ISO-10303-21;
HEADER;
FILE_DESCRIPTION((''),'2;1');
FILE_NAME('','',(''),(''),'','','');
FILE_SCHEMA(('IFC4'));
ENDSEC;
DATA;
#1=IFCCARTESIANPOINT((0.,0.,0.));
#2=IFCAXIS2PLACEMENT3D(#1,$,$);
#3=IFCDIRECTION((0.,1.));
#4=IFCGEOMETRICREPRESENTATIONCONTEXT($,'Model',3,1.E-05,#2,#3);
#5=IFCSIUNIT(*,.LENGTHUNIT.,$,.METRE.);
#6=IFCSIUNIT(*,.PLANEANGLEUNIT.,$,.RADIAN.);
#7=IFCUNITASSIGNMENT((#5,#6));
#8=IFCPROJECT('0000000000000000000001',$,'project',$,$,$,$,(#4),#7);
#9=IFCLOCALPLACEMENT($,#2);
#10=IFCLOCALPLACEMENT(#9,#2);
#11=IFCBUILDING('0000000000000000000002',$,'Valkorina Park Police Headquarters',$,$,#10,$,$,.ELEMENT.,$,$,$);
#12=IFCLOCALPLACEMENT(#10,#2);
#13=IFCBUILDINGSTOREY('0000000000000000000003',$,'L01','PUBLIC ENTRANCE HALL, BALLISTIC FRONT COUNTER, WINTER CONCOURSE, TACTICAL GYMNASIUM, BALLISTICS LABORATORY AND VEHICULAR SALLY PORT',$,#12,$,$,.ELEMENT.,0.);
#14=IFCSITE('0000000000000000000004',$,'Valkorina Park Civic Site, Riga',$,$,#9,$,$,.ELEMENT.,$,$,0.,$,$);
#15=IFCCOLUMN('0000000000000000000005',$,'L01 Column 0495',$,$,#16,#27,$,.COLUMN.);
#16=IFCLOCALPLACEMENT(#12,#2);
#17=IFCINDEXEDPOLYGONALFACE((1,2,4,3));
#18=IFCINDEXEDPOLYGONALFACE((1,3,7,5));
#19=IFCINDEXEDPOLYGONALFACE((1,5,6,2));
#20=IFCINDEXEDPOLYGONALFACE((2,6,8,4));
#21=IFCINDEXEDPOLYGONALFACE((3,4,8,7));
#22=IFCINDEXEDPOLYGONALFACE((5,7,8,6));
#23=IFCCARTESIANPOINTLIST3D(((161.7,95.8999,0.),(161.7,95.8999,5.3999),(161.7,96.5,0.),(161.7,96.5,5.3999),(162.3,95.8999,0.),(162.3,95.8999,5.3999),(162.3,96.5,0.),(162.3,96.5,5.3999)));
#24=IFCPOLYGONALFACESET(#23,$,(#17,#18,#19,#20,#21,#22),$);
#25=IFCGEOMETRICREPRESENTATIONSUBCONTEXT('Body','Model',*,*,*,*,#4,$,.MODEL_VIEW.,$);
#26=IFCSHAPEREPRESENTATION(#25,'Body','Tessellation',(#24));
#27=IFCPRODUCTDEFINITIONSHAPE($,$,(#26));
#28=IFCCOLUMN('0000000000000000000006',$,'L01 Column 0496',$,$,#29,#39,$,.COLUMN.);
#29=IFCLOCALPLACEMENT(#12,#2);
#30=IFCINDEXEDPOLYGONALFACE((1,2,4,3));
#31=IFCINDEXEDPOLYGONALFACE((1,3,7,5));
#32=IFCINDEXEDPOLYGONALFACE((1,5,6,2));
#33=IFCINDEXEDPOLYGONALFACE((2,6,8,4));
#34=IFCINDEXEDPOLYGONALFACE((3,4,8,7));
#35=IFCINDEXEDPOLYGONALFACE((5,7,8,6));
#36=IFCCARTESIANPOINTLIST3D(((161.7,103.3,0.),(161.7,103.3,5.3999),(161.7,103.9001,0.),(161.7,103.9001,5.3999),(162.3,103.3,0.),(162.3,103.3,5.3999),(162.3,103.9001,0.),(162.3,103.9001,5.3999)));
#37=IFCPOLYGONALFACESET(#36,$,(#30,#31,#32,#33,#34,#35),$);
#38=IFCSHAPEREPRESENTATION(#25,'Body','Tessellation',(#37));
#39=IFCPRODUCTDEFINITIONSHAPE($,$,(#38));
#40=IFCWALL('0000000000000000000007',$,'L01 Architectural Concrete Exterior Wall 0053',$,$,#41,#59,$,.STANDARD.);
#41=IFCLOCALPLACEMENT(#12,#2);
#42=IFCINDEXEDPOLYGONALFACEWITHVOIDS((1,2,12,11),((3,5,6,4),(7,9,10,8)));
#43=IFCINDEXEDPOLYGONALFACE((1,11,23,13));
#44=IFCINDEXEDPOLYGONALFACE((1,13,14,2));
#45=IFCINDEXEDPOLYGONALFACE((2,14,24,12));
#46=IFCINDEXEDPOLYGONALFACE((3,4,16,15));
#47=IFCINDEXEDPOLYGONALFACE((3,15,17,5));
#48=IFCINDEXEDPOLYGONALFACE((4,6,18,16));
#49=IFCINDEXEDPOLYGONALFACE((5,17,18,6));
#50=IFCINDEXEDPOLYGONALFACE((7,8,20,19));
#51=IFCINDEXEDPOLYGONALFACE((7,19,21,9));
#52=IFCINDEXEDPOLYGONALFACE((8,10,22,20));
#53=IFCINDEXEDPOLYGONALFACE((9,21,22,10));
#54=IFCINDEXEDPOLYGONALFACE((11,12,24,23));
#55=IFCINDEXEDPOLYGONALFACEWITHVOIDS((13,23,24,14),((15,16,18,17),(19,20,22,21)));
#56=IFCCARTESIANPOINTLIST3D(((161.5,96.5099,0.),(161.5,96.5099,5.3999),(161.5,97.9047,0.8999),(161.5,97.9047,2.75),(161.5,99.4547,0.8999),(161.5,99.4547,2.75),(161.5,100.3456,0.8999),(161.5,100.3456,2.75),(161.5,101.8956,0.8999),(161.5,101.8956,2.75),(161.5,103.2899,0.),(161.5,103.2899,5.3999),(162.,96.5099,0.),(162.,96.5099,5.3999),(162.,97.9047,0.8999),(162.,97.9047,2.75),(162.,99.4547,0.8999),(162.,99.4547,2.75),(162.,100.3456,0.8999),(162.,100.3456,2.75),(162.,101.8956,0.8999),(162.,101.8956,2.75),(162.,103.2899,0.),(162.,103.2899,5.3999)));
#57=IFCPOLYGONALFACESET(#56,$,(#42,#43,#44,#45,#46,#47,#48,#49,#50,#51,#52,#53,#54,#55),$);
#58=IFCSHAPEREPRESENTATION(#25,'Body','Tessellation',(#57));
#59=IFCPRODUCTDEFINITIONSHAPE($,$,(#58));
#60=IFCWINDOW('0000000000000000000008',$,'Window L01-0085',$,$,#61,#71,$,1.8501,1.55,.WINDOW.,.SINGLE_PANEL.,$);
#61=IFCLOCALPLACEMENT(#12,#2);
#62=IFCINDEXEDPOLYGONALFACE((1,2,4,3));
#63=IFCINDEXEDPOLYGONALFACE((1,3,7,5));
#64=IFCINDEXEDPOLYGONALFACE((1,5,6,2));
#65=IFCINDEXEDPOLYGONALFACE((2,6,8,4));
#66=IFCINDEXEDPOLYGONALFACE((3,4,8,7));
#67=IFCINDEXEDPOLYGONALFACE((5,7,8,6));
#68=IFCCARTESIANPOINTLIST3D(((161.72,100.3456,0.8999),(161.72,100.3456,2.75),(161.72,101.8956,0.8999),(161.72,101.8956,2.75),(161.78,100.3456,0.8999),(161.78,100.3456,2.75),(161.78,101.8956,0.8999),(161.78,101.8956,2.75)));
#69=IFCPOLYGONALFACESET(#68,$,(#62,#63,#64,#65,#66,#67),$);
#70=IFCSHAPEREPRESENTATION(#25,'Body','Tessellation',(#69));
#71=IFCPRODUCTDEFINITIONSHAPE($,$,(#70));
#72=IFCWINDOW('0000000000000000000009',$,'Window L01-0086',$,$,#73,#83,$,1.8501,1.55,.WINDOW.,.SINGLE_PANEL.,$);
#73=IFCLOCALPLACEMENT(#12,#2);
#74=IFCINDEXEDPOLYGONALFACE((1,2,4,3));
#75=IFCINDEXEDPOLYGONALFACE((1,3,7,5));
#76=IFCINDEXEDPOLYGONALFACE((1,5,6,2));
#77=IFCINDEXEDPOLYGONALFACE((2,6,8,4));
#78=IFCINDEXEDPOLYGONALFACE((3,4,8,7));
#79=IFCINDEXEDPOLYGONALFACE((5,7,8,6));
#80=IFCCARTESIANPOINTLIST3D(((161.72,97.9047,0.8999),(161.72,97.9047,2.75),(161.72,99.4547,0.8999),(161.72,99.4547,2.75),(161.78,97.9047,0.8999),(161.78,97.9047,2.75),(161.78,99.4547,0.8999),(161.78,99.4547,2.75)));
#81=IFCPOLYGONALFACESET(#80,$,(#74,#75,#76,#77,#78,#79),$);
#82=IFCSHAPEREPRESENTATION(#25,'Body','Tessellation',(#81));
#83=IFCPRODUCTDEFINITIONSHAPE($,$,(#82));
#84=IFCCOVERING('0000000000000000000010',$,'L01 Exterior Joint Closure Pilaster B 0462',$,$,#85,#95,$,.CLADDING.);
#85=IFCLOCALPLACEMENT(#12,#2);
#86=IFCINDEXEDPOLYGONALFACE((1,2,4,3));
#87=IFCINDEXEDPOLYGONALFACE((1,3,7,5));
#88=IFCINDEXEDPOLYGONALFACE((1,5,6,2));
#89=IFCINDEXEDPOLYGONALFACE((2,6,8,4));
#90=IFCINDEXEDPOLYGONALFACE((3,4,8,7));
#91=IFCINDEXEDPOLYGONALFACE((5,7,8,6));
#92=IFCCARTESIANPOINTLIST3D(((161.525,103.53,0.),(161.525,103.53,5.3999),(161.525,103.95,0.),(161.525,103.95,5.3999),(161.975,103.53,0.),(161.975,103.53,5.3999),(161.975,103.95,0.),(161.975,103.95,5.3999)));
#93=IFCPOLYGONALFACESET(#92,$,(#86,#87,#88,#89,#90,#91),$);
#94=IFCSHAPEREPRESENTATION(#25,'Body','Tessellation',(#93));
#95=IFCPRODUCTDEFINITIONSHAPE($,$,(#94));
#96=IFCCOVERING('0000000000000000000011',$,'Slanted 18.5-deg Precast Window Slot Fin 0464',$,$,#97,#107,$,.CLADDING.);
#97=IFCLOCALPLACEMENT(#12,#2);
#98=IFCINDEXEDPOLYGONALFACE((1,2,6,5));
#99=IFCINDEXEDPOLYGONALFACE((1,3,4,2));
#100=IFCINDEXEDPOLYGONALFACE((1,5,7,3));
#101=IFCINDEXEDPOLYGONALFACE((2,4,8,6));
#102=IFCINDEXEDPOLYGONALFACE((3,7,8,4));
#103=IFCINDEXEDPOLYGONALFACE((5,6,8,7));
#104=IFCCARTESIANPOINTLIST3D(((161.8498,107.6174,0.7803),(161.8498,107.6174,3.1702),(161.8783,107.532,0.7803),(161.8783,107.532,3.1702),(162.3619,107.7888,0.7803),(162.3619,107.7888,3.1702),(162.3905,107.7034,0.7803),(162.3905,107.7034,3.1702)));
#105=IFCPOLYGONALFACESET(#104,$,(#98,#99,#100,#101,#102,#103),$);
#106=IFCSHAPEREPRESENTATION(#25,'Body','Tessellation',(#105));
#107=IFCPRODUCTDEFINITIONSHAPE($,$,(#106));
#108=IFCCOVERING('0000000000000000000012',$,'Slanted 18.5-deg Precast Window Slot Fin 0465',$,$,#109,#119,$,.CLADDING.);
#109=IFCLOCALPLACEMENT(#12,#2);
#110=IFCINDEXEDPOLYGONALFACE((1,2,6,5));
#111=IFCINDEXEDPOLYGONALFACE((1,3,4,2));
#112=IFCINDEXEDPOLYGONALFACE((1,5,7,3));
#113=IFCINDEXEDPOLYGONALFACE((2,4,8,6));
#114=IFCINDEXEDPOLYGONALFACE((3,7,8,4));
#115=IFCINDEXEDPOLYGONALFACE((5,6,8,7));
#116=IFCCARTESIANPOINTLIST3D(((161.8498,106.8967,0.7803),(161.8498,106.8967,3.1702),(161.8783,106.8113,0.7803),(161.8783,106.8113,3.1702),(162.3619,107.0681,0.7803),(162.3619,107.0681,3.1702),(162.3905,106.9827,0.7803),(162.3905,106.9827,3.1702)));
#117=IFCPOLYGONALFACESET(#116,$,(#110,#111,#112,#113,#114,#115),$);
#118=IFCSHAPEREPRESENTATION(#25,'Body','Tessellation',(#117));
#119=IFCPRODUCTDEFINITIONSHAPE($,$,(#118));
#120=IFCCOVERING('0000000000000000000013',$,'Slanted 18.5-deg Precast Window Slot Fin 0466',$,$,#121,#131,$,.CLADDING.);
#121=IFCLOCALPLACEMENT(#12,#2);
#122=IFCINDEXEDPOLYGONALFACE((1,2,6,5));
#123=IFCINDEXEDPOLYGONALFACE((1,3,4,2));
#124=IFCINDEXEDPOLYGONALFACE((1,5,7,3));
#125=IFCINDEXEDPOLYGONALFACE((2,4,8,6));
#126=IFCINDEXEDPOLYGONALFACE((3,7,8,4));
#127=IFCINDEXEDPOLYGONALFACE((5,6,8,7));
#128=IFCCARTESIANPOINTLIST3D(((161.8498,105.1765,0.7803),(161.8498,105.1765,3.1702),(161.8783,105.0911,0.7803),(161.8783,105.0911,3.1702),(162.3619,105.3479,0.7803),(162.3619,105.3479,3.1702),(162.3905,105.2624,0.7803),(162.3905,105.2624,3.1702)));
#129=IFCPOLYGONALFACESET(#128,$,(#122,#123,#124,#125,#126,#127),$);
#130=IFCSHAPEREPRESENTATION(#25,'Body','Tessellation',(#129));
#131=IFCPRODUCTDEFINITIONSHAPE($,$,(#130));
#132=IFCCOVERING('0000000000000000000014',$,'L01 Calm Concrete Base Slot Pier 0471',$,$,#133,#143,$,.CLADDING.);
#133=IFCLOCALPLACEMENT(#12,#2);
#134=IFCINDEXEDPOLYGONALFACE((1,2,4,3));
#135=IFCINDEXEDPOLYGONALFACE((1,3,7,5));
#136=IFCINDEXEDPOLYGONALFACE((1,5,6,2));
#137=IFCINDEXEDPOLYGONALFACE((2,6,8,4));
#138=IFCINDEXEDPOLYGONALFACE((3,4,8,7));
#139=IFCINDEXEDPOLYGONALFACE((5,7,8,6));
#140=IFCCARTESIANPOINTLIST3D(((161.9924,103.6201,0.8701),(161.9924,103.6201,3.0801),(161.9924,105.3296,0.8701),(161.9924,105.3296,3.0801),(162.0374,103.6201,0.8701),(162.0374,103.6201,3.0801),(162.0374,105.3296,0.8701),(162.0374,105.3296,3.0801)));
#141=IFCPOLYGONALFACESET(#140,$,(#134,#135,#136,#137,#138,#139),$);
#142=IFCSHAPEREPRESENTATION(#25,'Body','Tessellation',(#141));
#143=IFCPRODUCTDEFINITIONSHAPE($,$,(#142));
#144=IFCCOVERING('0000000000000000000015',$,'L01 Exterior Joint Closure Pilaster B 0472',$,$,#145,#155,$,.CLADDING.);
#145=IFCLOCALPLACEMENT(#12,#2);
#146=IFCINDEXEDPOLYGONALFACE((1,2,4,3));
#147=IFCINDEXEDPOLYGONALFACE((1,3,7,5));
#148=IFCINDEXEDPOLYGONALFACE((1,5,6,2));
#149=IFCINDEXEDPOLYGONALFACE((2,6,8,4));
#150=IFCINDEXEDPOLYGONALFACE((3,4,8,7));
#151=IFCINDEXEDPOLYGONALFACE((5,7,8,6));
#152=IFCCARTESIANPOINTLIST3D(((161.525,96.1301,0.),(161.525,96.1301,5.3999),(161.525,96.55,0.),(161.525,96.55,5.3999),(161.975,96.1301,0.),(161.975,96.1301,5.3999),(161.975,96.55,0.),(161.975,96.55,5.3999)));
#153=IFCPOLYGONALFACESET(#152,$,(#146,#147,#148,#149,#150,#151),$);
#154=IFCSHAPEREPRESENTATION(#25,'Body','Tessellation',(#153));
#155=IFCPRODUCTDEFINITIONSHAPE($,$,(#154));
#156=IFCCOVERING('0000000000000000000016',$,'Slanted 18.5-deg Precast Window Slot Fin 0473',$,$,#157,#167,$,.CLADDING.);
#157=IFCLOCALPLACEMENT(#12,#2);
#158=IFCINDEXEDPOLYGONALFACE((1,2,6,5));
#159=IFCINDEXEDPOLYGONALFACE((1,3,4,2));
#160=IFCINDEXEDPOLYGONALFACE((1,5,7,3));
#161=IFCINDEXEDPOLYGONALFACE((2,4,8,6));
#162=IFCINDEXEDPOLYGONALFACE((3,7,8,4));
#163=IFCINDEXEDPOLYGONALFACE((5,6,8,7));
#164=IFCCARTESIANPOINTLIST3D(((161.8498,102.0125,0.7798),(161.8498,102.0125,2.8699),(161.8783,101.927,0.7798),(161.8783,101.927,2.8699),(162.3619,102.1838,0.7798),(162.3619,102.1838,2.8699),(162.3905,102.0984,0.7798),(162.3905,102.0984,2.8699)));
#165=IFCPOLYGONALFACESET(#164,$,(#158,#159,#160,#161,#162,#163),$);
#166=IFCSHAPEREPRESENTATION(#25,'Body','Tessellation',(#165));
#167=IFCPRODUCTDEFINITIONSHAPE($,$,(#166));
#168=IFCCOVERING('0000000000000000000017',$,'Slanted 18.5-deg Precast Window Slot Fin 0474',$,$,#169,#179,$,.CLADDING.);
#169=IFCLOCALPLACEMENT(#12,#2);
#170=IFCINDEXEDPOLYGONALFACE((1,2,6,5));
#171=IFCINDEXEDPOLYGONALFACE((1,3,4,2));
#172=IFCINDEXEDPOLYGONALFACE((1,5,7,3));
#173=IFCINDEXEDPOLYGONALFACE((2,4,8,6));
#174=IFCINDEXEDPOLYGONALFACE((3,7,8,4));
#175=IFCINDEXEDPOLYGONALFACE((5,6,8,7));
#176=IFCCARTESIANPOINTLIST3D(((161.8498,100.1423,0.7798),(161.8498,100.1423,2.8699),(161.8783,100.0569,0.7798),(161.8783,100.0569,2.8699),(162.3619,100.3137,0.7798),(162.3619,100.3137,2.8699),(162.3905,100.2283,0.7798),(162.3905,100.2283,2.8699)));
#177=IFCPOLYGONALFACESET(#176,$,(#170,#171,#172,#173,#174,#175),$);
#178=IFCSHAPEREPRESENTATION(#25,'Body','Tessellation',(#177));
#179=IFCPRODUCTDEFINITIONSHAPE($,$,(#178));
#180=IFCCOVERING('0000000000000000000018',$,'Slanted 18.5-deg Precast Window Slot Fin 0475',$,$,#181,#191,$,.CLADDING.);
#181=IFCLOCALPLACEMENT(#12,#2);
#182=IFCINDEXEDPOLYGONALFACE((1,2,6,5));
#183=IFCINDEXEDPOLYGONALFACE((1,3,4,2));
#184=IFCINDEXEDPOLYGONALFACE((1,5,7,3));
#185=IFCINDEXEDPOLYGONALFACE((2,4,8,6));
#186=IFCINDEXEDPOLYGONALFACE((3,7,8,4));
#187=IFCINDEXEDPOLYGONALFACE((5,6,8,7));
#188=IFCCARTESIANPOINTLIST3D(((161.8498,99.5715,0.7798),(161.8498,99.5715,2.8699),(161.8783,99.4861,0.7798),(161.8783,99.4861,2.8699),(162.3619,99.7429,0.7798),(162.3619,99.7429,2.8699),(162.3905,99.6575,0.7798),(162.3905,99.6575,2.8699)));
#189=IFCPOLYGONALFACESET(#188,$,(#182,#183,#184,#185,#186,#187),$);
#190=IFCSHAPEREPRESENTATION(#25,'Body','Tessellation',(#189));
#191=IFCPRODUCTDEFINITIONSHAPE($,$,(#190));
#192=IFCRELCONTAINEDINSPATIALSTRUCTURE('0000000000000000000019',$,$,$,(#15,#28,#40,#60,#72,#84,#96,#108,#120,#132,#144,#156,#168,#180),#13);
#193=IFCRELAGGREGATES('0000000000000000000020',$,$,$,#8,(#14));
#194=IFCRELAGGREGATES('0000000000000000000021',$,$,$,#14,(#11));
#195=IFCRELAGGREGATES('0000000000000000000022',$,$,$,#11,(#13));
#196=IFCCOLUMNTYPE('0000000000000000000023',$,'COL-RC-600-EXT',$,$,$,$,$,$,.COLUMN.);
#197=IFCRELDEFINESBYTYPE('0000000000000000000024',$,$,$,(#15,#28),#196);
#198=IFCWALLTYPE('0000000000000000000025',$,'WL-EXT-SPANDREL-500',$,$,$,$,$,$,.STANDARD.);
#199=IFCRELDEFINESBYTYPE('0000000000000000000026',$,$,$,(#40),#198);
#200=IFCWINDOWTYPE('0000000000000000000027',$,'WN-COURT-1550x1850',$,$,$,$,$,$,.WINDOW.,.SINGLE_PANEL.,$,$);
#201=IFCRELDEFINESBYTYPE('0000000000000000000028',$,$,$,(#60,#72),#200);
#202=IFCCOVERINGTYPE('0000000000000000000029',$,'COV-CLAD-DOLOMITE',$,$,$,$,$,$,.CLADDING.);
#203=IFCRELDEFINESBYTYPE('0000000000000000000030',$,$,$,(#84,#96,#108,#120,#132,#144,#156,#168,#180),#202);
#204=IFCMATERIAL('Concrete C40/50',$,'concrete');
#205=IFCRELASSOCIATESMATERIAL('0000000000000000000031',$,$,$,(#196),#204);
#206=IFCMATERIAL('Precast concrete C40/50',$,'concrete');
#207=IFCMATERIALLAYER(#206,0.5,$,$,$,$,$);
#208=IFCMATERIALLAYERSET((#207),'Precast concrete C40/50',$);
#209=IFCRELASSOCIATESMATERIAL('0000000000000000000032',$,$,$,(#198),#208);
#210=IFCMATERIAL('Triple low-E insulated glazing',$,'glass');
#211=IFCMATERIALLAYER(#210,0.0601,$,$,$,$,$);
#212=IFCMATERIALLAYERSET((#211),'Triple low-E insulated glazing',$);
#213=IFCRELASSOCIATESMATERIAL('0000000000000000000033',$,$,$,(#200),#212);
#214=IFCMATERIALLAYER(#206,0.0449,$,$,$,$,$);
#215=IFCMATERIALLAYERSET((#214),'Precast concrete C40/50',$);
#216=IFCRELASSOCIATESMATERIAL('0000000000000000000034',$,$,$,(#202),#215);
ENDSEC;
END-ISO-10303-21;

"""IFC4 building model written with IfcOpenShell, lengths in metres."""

from ifc_helpers import new_model, si_unit, direction, frame, frame_2d, origin, origin_2d, place, context, subcontext, project, spatial, rectangle, extrude, material, layer, layer_set, material_profile, profile_set, type_object, element, fill, save


model = new_model("IFC4")

# Units and contexts
model_context = context("Model", 3, precision=1e-05, world=origin(), true_north=direction((0.0, 1.0)))
body_context = subcontext(model_context, "Body", "Model", "MODEL_VIEW")
ifc_project = project(units=[si_unit("LENGTHUNIT", "METRE"), si_unit("PLANEANGLEUNIT", "RADIAN")], contexts=[model_context])

# Site, building, storey
site_placement = place(None, origin())
site = spatial("IfcSite", under=ifc_project, at=site_placement, Name="Valkorina Park Civic Site, Riga", CompositionType="ELEMENT", RefElevation=0.0)
building_placement = place(site_placement, origin())
building = spatial("IfcBuilding", under=site, at=building_placement, Name="Valkorina Park Police Headquarters", CompositionType="ELEMENT")
storey_placement = place(building_placement, origin())
storey = spatial("IfcBuildingStorey", under=building, at=storey_placement, Name="L01", Description="PUBLIC ENTRANCE HALL, BALLISTIC FRONT COUNTER, WINTER CONCOURSE, TACTICAL GYMNASIUM, BALLISTICS LABORATORY AND VEHICULAR SALLY PORT", CompositionType="ELEMENT", Elevation=0.0)

# Columns
ifc_material_1 = material(Name="Concrete C40/50", Category="concrete")
ifc_material_profile = material_profile(ifc_material_1, rectangle(XDim=0.6001, YDim=0.6001, at=origin_2d()), Name="RC COL 600x600")
ifc_profile_set = profile_set([ifc_material_profile], Name="Concrete C40/50")
column_type = type_object("IfcColumnType", Name="COL-RC-600-EXT", PredefinedType="COLUMN", material=ifc_profile_set)
for number, where, z_axis, x_axis, name in (
    (1, (162.0, 96.2, 0.0), (0.0, 0.0, 1.0), (1.0, 0.0, 0.0), "L01 Column 0495"),
    (2, (162.0, 103.6001, 0.0), (0.0, 0.0, 1.0), (1.0, 0.0, 0.0), "L01 Column 0496"),
):
    element("IfcColumn", number, at=place(storey_placement, frame(where, z_axis=z_axis, x_axis=x_axis)), inside=storey, type_object=column_type, Name=name, PredefinedType="COLUMN", context=body_context, shape_type="SweptSolid", body=[
        extrude(rectangle(XDim=0.6001, YDim=0.6001, at=origin_2d()), origin(), (0.0, 0.0, 1.0), 5.3999),
    ])

# Wall, openings, windows
ifc_material_2 = material(Name="Precast concrete C40/50", Category="concrete")
ifc_layer_1 = layer(ifc_material_2, 0.5)
ifc_layer_set_1 = layer_set([ifc_layer_1], Name="Precast concrete C40/50")
wall_type = type_object("IfcWallType", Name="WL-EXT-SPANDREL-500", PredefinedType="STANDARD", material=ifc_layer_set_1)
wall_placement = place(storey_placement, frame((161.75, 103.29, 0.0), z_axis=(0.0, 0.0, 1.0), x_axis=(0.0, -1.0, 0.0)))
wall = element("IfcWall", 3, at=wall_placement, inside=storey, type_object=wall_type, Name="L01 Architectural Concrete Exterior Wall 0053", PredefinedType="STANDARD", context=body_context, shape_type="SweptSolid", body=[
    extrude(rectangle(XDim=6.78, YDim=0.5, at=frame_2d((3.3901, 0.0))), origin(), (0.0, 0.0, 1.0), 5.3999),
])
opening_1_placement = place(wall_placement, frame((1.3945, 0.0, 0.8999)))
opening_1 = element("IfcOpeningElement", 4, at=opening_1_placement, cuts=wall, PredefinedType="OPENING", context=body_context, shape_type="SweptSolid", body=[
    extrude(rectangle(XDim=1.55, YDim=1.8501, at=frame_2d((0.7749, 0.925))), frame((0.0, 0.26, 0.0), z_axis=(0.0, -1.0, 0.0), x_axis=(1.0, 0.0, 0.0)), (0.0, 0.0, 1.0), 0.52),
])
opening_2_placement = place(wall_placement, frame((3.8354, 0.0, 0.8999)))
opening_2 = element("IfcOpeningElement", 5, at=opening_2_placement, cuts=wall, PredefinedType="OPENING", context=body_context, shape_type="SweptSolid", body=[
    extrude(rectangle(XDim=1.55, YDim=1.8501, at=frame_2d((0.7749, 0.925))), frame((0.0, 0.26, 0.0), z_axis=(0.0, -1.0, 0.0), x_axis=(1.0, 0.0, 0.0)), (0.0, 0.0, 1.0), 0.52),
])
ifc_material_3 = material(Name="Triple low-E insulated glazing", Category="glass")
ifc_layer_2 = layer(ifc_material_3, 0.0601)
ifc_layer_set_2 = layer_set([ifc_layer_2], Name="Triple low-E insulated glazing")
window_type = type_object("IfcWindowType", Name="WN-COURT-1550x1850", PartitioningType="SINGLE_PANEL", PredefinedType="WINDOW", material=ifc_layer_set_2)
window_1_placement = place(opening_1_placement, origin())
window_1 = element("IfcWindow", 6, at=window_1_placement, inside=storey, type_object=window_type, Name="Window L01-0085", OverallHeight=1.8501, OverallWidth=1.55, PartitioningType="SINGLE_PANEL", PredefinedType="WINDOW", context=body_context, shape_type="SweptSolid", body=[
    extrude(rectangle(XDim=1.55, YDim=1.8501, at=frame_2d((0.7749, 0.925))), frame((0.0, 0.03, 0.0), z_axis=(0.0, -1.0, 0.0), x_axis=(1.0, 0.0, 0.0)), (0.0, 0.0, 1.0), 0.0601),
])
fill(opening_1, window_1)
window_2_placement = place(opening_2_placement, origin())
window_2 = element("IfcWindow", 7, at=window_2_placement, inside=storey, type_object=window_type, Name="Window L01-0086", OverallHeight=1.8501, OverallWidth=1.55, PartitioningType="SINGLE_PANEL", PredefinedType="WINDOW", context=body_context, shape_type="SweptSolid", body=[
    extrude(rectangle(XDim=1.55, YDim=1.8501, at=frame_2d((0.7749, 0.925))), frame((0.0, 0.03, 0.0), z_axis=(0.0, -1.0, 0.0), x_axis=(1.0, 0.0, 0.0)), (0.0, 0.0, 1.0), 0.0601),
])
fill(opening_2, window_2)

# Coverings
ifc_layer_3 = layer(ifc_material_2, 0.0449)
ifc_layer_set_3 = layer_set([ifc_layer_3], Name="Precast concrete C40/50")
covering_type = type_object("IfcCoveringType", Name="COV-CLAD-DOLOMITE", PredefinedType="CLADDING", material=ifc_layer_set_3)
covering_1_placement = place(storey_placement, frame((161.75, 103.74, 0.0), z_axis=(0.0, 0.0, 1.0), x_axis=(0.0, 1.0, 0.0)))
element("IfcCovering", 8, at=covering_1_placement, inside=storey, type_object=covering_type, Name="L01 Exterior Joint Closure Pilaster B 0462", PredefinedType="CLADDING", context=body_context, shape_type="SweptSolid", body=[
    extrude(rectangle(XDim=0.4199, YDim=0.45, at=origin_2d()), origin(), (0.0, 0.0, 1.0), 5.3999),
])
for number, where, z_axis, x_axis, name in (
    (9, (162.1201, 107.6604, 0.7803), (0.0, 0.0, 1.0), (0.948324, 0.317305, 0.0), "Slanted 18.5-deg Precast Window Slot Fin 0464"),
    (10, (162.1201, 106.9397, 0.7803), (0.0, 0.0, 1.0), (0.948324, 0.317305, 0.0), "Slanted 18.5-deg Precast Window Slot Fin 0465"),
    (11, (162.1201, 105.2195, 0.7803), (0.0, 0.0, 1.0), (0.948324, 0.317305, 0.0), "Slanted 18.5-deg Precast Window Slot Fin 0466"),
):
    element("IfcCovering", number, at=place(storey_placement, frame(where, z_axis=z_axis, x_axis=x_axis)), inside=storey, type_object=covering_type, Name=name, PredefinedType="CLADDING", context=body_context, shape_type="SweptSolid", body=[
        extrude(rectangle(XDim=0.54, YDim=0.0901, at=origin_2d()), origin(), (0.0, 0.0, 1.0), 2.3899),
    ])
covering_2_placement = place(storey_placement, frame((162.0149, 105.3296, 0.8701), z_axis=(0.0, 0.0, 1.0), x_axis=(0.0, -1.0, 0.0)))
element("IfcCovering", 12, at=covering_2_placement, inside=storey, type_object=covering_type, Name="L01 Calm Concrete Base Slot Pier 0471", PredefinedType="CLADDING", context=body_context, shape_type="SweptSolid", body=[
    extrude(rectangle(XDim=1.7095, YDim=0.0449, at=frame_2d((0.8547, 0.0))), origin(), (0.0, 0.0, 1.0), 2.21),
])
covering_3_placement = place(storey_placement, frame((161.75, 96.3401, 0.0), z_axis=(0.0, 0.0, 1.0), x_axis=(0.0, 1.0, 0.0)))
element("IfcCovering", 13, at=covering_3_placement, inside=storey, type_object=covering_type, Name="L01 Exterior Joint Closure Pilaster B 0472", PredefinedType="CLADDING", context=body_context, shape_type="SweptSolid", body=[
    extrude(rectangle(XDim=0.4199, YDim=0.45, at=origin_2d()), origin(), (0.0, 0.0, 1.0), 5.3999),
])
for number, where, z_axis, x_axis, name in (
    (14, (162.1201, 102.0554, 0.7798), (0.0, 0.0, 1.0), (0.948324, 0.317305, 0.0), "Slanted 18.5-deg Precast Window Slot Fin 0473"),
    (15, (162.1201, 100.1853, 0.7798), (0.0, 0.0, 1.0), (0.948324, 0.317305, 0.0), "Slanted 18.5-deg Precast Window Slot Fin 0474"),
    (16, (162.1201, 99.6145, 0.7798), (0.0, 0.0, 1.0), (0.948324, 0.317305, 0.0), "Slanted 18.5-deg Precast Window Slot Fin 0475"),
):
    element("IfcCovering", number, at=place(storey_placement, frame(where, z_axis=z_axis, x_axis=x_axis)), inside=storey, type_object=covering_type, Name=name, PredefinedType="CLADDING", context=body_context, shape_type="SweptSolid", body=[
        extrude(rectangle(XDim=0.54, YDim=0.0901, at=origin_2d()), origin(), (0.0, 0.0, 1.0), 2.0901),
    ])

save(model, "model.ifc")
